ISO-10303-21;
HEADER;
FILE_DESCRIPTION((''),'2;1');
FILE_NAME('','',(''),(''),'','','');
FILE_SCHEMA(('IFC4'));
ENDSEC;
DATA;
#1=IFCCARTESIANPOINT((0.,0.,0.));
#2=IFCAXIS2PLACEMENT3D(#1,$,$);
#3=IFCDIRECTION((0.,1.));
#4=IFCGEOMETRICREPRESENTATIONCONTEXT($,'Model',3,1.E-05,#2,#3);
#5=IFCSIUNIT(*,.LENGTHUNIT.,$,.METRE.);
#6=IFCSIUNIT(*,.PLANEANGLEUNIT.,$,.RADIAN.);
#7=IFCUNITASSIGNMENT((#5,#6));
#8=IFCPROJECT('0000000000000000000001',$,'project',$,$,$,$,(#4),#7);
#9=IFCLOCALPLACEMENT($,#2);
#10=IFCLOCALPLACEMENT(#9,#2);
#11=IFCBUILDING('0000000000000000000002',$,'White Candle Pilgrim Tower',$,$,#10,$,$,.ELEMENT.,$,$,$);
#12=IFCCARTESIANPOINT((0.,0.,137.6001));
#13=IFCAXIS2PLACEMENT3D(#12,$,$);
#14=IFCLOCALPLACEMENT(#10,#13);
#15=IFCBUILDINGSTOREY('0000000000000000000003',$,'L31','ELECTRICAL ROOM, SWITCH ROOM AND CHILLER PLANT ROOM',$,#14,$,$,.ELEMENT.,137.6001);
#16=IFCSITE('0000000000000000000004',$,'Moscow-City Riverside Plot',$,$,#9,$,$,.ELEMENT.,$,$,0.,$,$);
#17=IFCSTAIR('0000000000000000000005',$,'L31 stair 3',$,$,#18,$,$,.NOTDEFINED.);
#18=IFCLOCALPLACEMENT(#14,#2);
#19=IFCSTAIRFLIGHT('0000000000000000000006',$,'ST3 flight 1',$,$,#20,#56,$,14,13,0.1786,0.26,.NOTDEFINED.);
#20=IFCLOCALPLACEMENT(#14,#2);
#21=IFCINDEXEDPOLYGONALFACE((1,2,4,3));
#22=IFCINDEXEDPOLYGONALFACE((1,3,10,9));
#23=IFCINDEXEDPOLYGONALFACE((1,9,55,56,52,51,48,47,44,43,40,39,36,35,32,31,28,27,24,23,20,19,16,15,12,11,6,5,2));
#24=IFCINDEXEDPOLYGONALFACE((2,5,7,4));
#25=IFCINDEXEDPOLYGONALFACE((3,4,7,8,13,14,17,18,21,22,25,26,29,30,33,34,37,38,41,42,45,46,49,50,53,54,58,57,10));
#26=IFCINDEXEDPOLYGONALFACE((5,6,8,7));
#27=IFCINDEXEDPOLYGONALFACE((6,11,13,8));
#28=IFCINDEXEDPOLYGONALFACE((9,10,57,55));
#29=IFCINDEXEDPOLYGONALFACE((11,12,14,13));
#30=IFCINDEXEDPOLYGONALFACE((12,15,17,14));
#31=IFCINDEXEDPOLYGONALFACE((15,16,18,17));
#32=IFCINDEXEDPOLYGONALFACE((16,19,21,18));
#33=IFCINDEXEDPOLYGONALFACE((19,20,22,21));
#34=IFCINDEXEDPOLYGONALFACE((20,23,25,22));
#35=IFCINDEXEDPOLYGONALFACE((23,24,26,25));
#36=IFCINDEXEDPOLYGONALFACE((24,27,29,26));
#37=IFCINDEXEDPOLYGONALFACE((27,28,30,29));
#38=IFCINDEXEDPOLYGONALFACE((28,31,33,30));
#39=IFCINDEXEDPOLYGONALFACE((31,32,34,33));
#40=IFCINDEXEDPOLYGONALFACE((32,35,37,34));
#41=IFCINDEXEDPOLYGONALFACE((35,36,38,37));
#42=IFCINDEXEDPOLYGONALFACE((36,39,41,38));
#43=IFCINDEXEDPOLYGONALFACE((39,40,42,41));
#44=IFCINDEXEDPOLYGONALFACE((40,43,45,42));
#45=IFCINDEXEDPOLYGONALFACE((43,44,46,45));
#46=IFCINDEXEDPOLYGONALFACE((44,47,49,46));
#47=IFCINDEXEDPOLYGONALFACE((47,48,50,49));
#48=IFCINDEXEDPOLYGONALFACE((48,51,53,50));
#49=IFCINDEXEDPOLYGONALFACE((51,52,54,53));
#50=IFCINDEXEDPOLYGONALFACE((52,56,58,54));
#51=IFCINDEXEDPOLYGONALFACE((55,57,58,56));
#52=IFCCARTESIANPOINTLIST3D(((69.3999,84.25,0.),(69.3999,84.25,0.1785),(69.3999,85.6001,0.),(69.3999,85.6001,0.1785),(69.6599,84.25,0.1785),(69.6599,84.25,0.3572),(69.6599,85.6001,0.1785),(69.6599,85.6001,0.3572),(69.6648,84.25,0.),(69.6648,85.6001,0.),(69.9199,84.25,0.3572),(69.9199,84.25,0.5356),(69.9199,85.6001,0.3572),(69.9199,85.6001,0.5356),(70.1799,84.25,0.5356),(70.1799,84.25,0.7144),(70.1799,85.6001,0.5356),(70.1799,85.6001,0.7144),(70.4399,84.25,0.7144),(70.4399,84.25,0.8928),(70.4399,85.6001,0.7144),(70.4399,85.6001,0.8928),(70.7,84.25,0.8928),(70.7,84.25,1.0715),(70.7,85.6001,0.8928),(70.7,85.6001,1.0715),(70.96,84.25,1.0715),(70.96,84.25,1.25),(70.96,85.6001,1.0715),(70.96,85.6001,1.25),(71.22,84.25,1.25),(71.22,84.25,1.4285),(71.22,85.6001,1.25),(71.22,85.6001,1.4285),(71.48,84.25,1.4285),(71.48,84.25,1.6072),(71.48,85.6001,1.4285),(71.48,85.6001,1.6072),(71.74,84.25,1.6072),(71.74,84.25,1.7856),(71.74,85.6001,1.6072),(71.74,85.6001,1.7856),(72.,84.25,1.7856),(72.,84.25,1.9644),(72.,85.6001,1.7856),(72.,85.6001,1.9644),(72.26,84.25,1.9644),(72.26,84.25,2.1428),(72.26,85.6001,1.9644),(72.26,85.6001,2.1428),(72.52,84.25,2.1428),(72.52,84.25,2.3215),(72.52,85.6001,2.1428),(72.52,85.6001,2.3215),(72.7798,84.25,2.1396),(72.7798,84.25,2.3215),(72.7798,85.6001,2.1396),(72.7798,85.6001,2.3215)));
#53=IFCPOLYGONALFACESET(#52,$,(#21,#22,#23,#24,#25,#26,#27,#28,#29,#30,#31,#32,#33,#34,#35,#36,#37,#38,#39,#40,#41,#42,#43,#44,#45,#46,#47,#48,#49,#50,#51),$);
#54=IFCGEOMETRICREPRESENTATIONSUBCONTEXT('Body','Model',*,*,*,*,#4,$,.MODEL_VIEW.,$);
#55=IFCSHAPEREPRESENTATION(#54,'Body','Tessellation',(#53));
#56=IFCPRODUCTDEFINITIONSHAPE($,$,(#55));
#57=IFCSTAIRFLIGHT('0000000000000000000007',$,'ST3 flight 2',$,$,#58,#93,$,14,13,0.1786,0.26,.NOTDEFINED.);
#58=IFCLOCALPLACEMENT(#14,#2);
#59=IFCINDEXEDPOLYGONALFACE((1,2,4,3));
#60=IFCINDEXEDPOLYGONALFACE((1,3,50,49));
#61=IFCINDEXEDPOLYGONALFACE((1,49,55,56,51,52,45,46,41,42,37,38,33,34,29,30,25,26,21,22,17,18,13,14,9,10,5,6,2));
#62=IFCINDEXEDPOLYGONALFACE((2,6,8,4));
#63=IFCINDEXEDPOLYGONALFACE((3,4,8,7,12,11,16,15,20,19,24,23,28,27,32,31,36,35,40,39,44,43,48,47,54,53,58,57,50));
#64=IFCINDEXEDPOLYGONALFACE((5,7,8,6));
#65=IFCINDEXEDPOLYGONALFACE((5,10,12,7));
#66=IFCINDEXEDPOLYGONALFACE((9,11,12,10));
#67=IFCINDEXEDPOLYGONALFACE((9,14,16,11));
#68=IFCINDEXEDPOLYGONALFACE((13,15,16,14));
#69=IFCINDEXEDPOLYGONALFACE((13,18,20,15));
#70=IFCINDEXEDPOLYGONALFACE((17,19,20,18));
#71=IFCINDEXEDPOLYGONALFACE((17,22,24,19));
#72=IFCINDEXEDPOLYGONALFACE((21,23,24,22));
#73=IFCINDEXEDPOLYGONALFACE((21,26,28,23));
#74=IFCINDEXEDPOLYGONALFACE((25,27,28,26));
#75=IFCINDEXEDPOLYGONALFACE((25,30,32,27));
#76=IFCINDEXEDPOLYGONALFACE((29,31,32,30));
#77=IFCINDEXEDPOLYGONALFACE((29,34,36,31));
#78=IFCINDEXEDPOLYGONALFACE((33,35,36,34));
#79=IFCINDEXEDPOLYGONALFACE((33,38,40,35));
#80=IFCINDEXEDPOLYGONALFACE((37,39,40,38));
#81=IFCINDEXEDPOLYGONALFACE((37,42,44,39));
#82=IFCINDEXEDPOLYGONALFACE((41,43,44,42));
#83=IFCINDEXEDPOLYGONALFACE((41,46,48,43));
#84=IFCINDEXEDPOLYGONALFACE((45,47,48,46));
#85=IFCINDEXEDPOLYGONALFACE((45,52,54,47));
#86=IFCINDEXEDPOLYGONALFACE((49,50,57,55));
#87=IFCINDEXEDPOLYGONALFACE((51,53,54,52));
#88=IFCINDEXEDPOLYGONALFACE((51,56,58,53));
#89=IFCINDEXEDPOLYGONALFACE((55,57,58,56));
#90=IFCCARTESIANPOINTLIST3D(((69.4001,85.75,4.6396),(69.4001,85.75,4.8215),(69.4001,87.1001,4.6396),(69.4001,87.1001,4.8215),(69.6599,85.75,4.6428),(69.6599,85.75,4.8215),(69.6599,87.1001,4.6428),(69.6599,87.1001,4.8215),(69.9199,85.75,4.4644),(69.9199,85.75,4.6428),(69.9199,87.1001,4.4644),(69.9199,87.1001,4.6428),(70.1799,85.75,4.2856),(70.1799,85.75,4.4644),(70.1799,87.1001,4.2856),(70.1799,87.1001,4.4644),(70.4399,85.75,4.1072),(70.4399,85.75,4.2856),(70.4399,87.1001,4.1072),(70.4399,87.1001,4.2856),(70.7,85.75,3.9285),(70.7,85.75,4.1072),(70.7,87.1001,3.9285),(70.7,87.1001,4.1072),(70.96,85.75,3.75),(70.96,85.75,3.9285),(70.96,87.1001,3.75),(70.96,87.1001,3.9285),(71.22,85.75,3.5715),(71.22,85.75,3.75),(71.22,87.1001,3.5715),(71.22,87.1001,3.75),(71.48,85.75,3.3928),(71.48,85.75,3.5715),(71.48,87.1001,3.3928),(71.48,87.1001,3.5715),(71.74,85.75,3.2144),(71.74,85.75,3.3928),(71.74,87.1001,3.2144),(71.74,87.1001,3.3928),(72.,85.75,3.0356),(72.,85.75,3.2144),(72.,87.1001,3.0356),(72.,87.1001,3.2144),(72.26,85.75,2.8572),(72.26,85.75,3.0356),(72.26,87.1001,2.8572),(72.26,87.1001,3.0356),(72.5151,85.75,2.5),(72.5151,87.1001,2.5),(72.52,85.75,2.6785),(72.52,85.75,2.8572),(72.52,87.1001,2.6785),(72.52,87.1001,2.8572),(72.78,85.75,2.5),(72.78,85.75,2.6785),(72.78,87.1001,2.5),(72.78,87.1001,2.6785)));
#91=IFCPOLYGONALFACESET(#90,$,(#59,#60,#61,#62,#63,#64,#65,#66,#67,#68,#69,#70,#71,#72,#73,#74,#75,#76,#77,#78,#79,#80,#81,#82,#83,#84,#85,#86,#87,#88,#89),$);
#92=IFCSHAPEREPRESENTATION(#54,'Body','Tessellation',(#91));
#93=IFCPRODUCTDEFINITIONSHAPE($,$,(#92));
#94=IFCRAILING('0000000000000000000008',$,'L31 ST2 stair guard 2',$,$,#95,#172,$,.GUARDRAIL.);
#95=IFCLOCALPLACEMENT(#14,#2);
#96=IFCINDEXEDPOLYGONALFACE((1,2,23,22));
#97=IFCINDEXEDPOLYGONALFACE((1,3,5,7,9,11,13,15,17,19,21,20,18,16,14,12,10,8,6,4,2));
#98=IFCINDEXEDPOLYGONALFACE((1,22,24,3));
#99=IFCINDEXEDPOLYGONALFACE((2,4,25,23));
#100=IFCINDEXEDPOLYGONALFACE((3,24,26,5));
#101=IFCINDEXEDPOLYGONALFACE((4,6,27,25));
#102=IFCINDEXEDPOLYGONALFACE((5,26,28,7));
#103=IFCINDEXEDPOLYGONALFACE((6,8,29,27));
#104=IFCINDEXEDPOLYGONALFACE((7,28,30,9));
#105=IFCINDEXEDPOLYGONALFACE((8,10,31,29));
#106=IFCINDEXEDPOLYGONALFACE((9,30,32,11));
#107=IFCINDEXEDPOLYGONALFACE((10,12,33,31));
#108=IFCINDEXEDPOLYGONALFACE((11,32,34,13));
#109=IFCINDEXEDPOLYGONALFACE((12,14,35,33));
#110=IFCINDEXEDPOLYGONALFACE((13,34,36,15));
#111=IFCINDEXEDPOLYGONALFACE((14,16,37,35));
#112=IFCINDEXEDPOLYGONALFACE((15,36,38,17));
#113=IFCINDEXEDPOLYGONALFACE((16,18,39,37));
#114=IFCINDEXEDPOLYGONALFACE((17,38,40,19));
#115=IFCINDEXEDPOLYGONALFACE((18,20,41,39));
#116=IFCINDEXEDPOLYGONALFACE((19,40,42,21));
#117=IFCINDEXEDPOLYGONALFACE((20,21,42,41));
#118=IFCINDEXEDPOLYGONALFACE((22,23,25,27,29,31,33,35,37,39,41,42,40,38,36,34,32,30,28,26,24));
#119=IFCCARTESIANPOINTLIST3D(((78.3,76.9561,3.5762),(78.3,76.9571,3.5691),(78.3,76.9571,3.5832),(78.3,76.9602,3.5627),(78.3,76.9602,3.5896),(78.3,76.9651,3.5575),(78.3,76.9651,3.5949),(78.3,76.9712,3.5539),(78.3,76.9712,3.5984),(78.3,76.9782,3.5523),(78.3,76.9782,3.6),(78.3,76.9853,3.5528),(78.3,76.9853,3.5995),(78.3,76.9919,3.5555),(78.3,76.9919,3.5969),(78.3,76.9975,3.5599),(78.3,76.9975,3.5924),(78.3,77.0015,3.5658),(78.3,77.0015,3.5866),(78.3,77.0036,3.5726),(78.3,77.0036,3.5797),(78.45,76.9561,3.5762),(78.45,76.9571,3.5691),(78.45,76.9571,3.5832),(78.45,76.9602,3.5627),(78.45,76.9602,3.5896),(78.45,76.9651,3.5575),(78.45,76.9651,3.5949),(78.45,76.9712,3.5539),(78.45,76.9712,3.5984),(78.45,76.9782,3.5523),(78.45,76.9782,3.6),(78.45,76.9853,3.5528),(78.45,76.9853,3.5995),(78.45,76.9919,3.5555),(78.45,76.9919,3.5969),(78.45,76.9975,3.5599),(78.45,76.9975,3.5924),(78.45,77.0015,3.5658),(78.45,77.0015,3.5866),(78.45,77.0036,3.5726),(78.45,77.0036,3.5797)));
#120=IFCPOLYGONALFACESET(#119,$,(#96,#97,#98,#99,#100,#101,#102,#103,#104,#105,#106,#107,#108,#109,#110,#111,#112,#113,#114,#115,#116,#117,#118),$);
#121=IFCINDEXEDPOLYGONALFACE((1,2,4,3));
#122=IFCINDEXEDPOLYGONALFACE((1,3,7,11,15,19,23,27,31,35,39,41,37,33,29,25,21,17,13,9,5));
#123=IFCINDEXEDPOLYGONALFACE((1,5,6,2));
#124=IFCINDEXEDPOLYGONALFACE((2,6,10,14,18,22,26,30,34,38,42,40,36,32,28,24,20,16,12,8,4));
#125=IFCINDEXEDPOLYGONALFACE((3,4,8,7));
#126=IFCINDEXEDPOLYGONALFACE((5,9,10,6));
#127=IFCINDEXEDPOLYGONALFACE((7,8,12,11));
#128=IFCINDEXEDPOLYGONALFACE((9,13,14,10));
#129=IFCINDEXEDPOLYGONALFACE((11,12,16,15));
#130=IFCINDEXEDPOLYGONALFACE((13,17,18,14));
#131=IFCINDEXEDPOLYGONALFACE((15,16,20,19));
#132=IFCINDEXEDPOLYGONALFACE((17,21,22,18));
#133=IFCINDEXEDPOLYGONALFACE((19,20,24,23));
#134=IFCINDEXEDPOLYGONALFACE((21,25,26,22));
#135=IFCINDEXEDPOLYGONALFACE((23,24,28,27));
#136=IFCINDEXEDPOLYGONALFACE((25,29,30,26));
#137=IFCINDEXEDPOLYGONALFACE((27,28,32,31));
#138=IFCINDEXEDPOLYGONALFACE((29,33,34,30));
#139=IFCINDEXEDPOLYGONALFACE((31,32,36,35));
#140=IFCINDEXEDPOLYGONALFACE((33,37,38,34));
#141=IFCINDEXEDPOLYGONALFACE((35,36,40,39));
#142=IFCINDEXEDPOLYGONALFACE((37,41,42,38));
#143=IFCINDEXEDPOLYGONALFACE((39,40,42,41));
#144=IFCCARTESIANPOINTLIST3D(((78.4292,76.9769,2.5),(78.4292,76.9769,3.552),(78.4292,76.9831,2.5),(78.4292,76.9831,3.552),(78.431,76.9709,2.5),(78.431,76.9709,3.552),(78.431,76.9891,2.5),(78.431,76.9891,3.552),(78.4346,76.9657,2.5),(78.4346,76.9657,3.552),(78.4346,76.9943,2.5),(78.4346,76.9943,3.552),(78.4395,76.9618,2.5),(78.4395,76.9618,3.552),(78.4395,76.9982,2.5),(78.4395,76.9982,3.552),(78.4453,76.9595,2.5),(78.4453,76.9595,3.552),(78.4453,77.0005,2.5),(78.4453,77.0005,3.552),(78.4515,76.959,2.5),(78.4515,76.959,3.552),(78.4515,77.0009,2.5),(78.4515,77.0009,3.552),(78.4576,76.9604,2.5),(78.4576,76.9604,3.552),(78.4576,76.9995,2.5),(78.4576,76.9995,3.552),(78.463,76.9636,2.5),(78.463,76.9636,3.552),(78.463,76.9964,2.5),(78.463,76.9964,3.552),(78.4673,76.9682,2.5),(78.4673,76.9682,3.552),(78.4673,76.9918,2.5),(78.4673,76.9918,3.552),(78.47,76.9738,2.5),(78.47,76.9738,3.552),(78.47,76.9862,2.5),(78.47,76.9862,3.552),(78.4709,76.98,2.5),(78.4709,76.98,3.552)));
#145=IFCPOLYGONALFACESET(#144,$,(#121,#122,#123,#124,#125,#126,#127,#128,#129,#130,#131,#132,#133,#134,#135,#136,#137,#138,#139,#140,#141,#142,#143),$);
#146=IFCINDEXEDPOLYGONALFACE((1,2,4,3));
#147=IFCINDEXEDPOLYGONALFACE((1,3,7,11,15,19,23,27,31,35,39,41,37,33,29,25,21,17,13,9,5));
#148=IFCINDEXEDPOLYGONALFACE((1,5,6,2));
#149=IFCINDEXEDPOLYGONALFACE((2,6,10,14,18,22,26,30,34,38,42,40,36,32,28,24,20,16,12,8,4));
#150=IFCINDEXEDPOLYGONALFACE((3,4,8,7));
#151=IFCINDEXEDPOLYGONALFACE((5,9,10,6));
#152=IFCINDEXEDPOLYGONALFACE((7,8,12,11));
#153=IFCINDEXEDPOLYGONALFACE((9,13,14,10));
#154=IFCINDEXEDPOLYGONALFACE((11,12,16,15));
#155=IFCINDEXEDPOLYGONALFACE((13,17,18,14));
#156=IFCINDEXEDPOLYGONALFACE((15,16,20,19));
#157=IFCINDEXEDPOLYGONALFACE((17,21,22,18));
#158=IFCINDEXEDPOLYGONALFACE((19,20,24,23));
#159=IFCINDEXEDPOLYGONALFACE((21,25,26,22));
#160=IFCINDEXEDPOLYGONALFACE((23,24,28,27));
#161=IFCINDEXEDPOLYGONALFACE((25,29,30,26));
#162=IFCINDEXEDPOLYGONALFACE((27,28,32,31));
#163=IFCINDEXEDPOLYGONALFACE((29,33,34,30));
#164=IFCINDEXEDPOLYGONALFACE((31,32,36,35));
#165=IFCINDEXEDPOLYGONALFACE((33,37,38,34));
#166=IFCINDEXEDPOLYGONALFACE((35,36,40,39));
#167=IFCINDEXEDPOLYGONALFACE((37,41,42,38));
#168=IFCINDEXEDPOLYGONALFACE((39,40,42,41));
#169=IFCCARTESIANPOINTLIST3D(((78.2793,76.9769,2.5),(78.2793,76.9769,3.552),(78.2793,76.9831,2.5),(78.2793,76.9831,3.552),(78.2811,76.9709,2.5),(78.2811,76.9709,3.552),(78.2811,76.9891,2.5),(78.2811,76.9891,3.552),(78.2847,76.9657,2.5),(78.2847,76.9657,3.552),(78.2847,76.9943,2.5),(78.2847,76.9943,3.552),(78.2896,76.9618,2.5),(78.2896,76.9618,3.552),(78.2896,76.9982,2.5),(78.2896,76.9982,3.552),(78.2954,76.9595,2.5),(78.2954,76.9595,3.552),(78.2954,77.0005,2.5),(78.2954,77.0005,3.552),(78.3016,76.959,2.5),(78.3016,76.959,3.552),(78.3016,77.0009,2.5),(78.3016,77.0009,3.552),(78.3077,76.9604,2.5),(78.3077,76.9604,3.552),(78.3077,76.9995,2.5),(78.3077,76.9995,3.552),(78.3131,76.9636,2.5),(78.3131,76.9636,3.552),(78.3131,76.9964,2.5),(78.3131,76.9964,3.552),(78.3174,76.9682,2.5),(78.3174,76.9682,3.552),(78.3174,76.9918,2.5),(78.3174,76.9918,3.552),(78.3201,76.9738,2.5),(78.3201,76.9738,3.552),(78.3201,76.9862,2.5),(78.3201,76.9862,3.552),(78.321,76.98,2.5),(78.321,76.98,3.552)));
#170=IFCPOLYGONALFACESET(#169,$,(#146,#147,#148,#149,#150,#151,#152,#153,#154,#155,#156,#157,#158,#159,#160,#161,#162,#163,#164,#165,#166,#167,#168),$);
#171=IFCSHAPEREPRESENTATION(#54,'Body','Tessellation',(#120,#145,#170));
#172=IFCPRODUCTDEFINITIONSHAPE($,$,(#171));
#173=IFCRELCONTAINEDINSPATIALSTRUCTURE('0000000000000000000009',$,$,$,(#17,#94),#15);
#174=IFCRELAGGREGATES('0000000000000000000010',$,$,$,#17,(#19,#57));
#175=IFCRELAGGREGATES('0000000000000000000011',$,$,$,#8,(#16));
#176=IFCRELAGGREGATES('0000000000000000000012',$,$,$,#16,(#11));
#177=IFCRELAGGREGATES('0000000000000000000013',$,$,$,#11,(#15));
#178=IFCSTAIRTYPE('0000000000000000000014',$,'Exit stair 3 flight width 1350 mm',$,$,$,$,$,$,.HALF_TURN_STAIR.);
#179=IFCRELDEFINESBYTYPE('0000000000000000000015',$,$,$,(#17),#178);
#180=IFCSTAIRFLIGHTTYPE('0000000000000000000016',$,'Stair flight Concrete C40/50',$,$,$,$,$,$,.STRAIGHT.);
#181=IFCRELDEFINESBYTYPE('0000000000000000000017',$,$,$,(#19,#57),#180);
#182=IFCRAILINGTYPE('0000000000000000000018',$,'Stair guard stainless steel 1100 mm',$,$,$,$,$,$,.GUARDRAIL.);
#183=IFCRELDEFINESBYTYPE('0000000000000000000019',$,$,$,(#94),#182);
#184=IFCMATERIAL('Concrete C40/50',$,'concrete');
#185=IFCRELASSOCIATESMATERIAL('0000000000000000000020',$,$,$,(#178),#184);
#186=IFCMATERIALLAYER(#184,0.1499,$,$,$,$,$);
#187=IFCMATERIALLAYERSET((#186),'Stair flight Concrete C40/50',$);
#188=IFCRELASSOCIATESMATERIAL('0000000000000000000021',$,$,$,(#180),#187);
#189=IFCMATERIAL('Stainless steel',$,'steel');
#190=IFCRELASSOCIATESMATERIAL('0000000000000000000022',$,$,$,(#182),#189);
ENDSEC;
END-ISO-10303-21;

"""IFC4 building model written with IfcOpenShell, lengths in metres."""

from ifc_helpers import new_model, si_unit, direction, frame, origin, origin_2d, place, context, subcontext, project, spatial, polyline, circle, outline, extrude, material, layer, layer_set, type_object, element, aggregate, save


model = new_model("IFC4")

# Units and contexts
model_context = context("Model", 3, precision=1e-05, world=origin(), true_north=direction((0.0, 1.0)))
body_context = subcontext(model_context, "Body", "Model", "MODEL_VIEW")
ifc_project = project(units=[si_unit("LENGTHUNIT", "METRE"), si_unit("PLANEANGLEUNIT", "RADIAN")], contexts=[model_context])

# Site, building, storey
site_placement = place(None, origin())
site = spatial("IfcSite", under=ifc_project, at=site_placement, Name="Moscow-City Riverside Plot", CompositionType="ELEMENT", RefElevation=0.0)
building_placement = place(site_placement, origin())
building = spatial("IfcBuilding", under=site, at=building_placement, Name="White Candle Pilgrim Tower", CompositionType="ELEMENT")
storey_placement = place(building_placement, frame((0.0, 0.0, 137.6001)))
storey = spatial("IfcBuildingStorey", under=building, at=storey_placement, Name="L31", Description="ELECTRICAL ROOM, SWITCH ROOM AND CHILLER PLANT ROOM", CompositionType="ELEMENT", Elevation=137.6001)

# Stair, stair flights
ifc_material_1 = material(Name="Concrete C40/50", Category="concrete")
stair_type = type_object("IfcStairType", Name="Exit stair 3 flight width 1350 mm", PredefinedType="HALF_TURN_STAIR", material=ifc_material_1)
stair_placement = place(storey_placement, origin())
stair = element("IfcStair", 1, at=stair_placement, inside=storey, type_object=stair_type, Name="L31 stair 3", PredefinedType="NOTDEFINED")
ifc_layer_1 = layer(ifc_material_1, 0.1499)
ifc_layer_set_1 = layer_set([ifc_layer_1], Name="Stair flight Concrete C40/50")
stair_flight_type = type_object("IfcStairFlightType", Name="Stair flight Concrete C40/50", PredefinedType="STRAIGHT", material=ifc_layer_set_1)
stair_flight_1_placement = place(storey_placement, frame((69.3999, 84.925, 0.0), z_axis=(0.0, 0.0, 1.0), x_axis=(1.0, 0.0, 0.0)))
stair_flight_1 = element("IfcStairFlight", 2, at=stair_flight_1_placement, type_object=stair_flight_type, Name="ST3 flight 1", NumberOfRisers=14, NumberOfTreads=13, PredefinedType="NOTDEFINED", RiserHeight=0.1786, TreadLength=0.26, context=body_context, shape_type="SweptSolid", body=[
    extrude(outline(polyline([(0.0, 0.0), (0.0, 0.1785), (0.26, 0.1785), (0.26, 0.3572), (0.52, 0.3572), (0.52, 0.5356), (0.78, 0.5356), (0.78, 0.7144), (1.04, 0.7144), (1.04, 0.8928), (1.3, 0.8928), (1.3, 1.0715), (1.5601, 1.0715), (1.5601, 1.25), (1.8201, 1.25), (1.8201, 1.4285), (2.0801, 1.4285), (2.0801, 1.6072), (2.3401, 1.6072), (2.3401, 1.7856), (2.6001, 1.7856), (2.6001, 1.9644), (2.8601, 1.9644), (2.8601, 2.1428), (3.1201, 2.1428), (3.1201, 2.3215), (3.3799, 2.3215), (3.3799, 2.5), (3.3799, 2.1396), (0.2649, 0.0), (0.0, 0.0)])), frame((0.0, 0.675, 0.0), z_axis=(0.0, -1.0, 0.0), x_axis=(1.0, 0.0, 0.0)), (0.0, 0.0, 1.0), 1.3501),
])
stair_flight_2_placement = place(storey_placement, frame((72.78, 86.425, 2.5), z_axis=(0.0, 0.0, 1.0), x_axis=(-1.0, 0.0, 0.0)))
stair_flight_2 = element("IfcStairFlight", 3, at=stair_flight_2_placement, type_object=stair_flight_type, Name="ST3 flight 2", NumberOfRisers=14, NumberOfTreads=13, PredefinedType="NOTDEFINED", RiserHeight=0.1786, TreadLength=0.26, context=body_context, shape_type="SweptSolid", body=[
    extrude(outline(polyline([(0.0, 0.0), (0.0, 0.1785), (0.26, 0.1785), (0.26, 0.3572), (0.52, 0.3572), (0.52, 0.5356), (0.78, 0.5356), (0.78, 0.7144), (1.04, 0.7144), (1.04, 0.8928), (1.3, 0.8928), (1.3, 1.0715), (1.5601, 1.0715), (1.5601, 1.25), (1.8201, 1.25), (1.8201, 1.4285), (2.0801, 1.4285), (2.0801, 1.6072), (2.3401, 1.6072), (2.3401, 1.7856), (2.6001, 1.7856), (2.6001, 1.9644), (2.8601, 1.9644), (2.8601, 2.1428), (3.1201, 2.1428), (3.1201, 2.3215), (3.3799, 2.3215), (3.3799, 2.5), (3.3799, 2.1396), (0.2649, 0.0), (0.0, 0.0)])), frame((0.0, 0.675, 0.0), z_axis=(0.0, -1.0, 0.0), x_axis=(1.0, 0.0, 0.0)), (0.0, 0.0, 1.0), 1.3501),
])
aggregate(stair, [stair_flight_1, stair_flight_2])

# Railing
ifc_material_2 = material(Name="Stainless steel", Category="steel")
railing_type_1 = type_object("IfcRailingType", Name="Stair guard stainless steel 1100 mm", PredefinedType="GUARDRAIL", material=ifc_material_2)
railing_1_placement = place(storey_placement, frame((78.45, 76.98, 2.5)))
element("IfcRailing", 4, at=railing_1_placement, inside=storey, type_object=railing_type_1, Name="L31 ST2 stair guard 2", PredefinedType="GUARDRAIL", context=body_context, shape_type="SweptSolid", body=[
    extrude(circle(Radius=0.0239, at=origin_2d()), frame((0.0, 0.0, 1.0762), z_axis=(-1.0, 0.0, 0.0), x_axis=(0.0, -1.0, 0.0)), (0.0, 0.0, 1.0), 0.1499),
    extrude(circle(Radius=0.021, at=origin_2d()), origin(), (0.0, 0.0, 1.0), 1.052),
    extrude(circle(Radius=0.021, at=origin_2d()), frame((-0.1499, 0.0, 0.0)), (0.0, 0.0, 1.0), 1.052),
])

save(model, "model.ifc")
